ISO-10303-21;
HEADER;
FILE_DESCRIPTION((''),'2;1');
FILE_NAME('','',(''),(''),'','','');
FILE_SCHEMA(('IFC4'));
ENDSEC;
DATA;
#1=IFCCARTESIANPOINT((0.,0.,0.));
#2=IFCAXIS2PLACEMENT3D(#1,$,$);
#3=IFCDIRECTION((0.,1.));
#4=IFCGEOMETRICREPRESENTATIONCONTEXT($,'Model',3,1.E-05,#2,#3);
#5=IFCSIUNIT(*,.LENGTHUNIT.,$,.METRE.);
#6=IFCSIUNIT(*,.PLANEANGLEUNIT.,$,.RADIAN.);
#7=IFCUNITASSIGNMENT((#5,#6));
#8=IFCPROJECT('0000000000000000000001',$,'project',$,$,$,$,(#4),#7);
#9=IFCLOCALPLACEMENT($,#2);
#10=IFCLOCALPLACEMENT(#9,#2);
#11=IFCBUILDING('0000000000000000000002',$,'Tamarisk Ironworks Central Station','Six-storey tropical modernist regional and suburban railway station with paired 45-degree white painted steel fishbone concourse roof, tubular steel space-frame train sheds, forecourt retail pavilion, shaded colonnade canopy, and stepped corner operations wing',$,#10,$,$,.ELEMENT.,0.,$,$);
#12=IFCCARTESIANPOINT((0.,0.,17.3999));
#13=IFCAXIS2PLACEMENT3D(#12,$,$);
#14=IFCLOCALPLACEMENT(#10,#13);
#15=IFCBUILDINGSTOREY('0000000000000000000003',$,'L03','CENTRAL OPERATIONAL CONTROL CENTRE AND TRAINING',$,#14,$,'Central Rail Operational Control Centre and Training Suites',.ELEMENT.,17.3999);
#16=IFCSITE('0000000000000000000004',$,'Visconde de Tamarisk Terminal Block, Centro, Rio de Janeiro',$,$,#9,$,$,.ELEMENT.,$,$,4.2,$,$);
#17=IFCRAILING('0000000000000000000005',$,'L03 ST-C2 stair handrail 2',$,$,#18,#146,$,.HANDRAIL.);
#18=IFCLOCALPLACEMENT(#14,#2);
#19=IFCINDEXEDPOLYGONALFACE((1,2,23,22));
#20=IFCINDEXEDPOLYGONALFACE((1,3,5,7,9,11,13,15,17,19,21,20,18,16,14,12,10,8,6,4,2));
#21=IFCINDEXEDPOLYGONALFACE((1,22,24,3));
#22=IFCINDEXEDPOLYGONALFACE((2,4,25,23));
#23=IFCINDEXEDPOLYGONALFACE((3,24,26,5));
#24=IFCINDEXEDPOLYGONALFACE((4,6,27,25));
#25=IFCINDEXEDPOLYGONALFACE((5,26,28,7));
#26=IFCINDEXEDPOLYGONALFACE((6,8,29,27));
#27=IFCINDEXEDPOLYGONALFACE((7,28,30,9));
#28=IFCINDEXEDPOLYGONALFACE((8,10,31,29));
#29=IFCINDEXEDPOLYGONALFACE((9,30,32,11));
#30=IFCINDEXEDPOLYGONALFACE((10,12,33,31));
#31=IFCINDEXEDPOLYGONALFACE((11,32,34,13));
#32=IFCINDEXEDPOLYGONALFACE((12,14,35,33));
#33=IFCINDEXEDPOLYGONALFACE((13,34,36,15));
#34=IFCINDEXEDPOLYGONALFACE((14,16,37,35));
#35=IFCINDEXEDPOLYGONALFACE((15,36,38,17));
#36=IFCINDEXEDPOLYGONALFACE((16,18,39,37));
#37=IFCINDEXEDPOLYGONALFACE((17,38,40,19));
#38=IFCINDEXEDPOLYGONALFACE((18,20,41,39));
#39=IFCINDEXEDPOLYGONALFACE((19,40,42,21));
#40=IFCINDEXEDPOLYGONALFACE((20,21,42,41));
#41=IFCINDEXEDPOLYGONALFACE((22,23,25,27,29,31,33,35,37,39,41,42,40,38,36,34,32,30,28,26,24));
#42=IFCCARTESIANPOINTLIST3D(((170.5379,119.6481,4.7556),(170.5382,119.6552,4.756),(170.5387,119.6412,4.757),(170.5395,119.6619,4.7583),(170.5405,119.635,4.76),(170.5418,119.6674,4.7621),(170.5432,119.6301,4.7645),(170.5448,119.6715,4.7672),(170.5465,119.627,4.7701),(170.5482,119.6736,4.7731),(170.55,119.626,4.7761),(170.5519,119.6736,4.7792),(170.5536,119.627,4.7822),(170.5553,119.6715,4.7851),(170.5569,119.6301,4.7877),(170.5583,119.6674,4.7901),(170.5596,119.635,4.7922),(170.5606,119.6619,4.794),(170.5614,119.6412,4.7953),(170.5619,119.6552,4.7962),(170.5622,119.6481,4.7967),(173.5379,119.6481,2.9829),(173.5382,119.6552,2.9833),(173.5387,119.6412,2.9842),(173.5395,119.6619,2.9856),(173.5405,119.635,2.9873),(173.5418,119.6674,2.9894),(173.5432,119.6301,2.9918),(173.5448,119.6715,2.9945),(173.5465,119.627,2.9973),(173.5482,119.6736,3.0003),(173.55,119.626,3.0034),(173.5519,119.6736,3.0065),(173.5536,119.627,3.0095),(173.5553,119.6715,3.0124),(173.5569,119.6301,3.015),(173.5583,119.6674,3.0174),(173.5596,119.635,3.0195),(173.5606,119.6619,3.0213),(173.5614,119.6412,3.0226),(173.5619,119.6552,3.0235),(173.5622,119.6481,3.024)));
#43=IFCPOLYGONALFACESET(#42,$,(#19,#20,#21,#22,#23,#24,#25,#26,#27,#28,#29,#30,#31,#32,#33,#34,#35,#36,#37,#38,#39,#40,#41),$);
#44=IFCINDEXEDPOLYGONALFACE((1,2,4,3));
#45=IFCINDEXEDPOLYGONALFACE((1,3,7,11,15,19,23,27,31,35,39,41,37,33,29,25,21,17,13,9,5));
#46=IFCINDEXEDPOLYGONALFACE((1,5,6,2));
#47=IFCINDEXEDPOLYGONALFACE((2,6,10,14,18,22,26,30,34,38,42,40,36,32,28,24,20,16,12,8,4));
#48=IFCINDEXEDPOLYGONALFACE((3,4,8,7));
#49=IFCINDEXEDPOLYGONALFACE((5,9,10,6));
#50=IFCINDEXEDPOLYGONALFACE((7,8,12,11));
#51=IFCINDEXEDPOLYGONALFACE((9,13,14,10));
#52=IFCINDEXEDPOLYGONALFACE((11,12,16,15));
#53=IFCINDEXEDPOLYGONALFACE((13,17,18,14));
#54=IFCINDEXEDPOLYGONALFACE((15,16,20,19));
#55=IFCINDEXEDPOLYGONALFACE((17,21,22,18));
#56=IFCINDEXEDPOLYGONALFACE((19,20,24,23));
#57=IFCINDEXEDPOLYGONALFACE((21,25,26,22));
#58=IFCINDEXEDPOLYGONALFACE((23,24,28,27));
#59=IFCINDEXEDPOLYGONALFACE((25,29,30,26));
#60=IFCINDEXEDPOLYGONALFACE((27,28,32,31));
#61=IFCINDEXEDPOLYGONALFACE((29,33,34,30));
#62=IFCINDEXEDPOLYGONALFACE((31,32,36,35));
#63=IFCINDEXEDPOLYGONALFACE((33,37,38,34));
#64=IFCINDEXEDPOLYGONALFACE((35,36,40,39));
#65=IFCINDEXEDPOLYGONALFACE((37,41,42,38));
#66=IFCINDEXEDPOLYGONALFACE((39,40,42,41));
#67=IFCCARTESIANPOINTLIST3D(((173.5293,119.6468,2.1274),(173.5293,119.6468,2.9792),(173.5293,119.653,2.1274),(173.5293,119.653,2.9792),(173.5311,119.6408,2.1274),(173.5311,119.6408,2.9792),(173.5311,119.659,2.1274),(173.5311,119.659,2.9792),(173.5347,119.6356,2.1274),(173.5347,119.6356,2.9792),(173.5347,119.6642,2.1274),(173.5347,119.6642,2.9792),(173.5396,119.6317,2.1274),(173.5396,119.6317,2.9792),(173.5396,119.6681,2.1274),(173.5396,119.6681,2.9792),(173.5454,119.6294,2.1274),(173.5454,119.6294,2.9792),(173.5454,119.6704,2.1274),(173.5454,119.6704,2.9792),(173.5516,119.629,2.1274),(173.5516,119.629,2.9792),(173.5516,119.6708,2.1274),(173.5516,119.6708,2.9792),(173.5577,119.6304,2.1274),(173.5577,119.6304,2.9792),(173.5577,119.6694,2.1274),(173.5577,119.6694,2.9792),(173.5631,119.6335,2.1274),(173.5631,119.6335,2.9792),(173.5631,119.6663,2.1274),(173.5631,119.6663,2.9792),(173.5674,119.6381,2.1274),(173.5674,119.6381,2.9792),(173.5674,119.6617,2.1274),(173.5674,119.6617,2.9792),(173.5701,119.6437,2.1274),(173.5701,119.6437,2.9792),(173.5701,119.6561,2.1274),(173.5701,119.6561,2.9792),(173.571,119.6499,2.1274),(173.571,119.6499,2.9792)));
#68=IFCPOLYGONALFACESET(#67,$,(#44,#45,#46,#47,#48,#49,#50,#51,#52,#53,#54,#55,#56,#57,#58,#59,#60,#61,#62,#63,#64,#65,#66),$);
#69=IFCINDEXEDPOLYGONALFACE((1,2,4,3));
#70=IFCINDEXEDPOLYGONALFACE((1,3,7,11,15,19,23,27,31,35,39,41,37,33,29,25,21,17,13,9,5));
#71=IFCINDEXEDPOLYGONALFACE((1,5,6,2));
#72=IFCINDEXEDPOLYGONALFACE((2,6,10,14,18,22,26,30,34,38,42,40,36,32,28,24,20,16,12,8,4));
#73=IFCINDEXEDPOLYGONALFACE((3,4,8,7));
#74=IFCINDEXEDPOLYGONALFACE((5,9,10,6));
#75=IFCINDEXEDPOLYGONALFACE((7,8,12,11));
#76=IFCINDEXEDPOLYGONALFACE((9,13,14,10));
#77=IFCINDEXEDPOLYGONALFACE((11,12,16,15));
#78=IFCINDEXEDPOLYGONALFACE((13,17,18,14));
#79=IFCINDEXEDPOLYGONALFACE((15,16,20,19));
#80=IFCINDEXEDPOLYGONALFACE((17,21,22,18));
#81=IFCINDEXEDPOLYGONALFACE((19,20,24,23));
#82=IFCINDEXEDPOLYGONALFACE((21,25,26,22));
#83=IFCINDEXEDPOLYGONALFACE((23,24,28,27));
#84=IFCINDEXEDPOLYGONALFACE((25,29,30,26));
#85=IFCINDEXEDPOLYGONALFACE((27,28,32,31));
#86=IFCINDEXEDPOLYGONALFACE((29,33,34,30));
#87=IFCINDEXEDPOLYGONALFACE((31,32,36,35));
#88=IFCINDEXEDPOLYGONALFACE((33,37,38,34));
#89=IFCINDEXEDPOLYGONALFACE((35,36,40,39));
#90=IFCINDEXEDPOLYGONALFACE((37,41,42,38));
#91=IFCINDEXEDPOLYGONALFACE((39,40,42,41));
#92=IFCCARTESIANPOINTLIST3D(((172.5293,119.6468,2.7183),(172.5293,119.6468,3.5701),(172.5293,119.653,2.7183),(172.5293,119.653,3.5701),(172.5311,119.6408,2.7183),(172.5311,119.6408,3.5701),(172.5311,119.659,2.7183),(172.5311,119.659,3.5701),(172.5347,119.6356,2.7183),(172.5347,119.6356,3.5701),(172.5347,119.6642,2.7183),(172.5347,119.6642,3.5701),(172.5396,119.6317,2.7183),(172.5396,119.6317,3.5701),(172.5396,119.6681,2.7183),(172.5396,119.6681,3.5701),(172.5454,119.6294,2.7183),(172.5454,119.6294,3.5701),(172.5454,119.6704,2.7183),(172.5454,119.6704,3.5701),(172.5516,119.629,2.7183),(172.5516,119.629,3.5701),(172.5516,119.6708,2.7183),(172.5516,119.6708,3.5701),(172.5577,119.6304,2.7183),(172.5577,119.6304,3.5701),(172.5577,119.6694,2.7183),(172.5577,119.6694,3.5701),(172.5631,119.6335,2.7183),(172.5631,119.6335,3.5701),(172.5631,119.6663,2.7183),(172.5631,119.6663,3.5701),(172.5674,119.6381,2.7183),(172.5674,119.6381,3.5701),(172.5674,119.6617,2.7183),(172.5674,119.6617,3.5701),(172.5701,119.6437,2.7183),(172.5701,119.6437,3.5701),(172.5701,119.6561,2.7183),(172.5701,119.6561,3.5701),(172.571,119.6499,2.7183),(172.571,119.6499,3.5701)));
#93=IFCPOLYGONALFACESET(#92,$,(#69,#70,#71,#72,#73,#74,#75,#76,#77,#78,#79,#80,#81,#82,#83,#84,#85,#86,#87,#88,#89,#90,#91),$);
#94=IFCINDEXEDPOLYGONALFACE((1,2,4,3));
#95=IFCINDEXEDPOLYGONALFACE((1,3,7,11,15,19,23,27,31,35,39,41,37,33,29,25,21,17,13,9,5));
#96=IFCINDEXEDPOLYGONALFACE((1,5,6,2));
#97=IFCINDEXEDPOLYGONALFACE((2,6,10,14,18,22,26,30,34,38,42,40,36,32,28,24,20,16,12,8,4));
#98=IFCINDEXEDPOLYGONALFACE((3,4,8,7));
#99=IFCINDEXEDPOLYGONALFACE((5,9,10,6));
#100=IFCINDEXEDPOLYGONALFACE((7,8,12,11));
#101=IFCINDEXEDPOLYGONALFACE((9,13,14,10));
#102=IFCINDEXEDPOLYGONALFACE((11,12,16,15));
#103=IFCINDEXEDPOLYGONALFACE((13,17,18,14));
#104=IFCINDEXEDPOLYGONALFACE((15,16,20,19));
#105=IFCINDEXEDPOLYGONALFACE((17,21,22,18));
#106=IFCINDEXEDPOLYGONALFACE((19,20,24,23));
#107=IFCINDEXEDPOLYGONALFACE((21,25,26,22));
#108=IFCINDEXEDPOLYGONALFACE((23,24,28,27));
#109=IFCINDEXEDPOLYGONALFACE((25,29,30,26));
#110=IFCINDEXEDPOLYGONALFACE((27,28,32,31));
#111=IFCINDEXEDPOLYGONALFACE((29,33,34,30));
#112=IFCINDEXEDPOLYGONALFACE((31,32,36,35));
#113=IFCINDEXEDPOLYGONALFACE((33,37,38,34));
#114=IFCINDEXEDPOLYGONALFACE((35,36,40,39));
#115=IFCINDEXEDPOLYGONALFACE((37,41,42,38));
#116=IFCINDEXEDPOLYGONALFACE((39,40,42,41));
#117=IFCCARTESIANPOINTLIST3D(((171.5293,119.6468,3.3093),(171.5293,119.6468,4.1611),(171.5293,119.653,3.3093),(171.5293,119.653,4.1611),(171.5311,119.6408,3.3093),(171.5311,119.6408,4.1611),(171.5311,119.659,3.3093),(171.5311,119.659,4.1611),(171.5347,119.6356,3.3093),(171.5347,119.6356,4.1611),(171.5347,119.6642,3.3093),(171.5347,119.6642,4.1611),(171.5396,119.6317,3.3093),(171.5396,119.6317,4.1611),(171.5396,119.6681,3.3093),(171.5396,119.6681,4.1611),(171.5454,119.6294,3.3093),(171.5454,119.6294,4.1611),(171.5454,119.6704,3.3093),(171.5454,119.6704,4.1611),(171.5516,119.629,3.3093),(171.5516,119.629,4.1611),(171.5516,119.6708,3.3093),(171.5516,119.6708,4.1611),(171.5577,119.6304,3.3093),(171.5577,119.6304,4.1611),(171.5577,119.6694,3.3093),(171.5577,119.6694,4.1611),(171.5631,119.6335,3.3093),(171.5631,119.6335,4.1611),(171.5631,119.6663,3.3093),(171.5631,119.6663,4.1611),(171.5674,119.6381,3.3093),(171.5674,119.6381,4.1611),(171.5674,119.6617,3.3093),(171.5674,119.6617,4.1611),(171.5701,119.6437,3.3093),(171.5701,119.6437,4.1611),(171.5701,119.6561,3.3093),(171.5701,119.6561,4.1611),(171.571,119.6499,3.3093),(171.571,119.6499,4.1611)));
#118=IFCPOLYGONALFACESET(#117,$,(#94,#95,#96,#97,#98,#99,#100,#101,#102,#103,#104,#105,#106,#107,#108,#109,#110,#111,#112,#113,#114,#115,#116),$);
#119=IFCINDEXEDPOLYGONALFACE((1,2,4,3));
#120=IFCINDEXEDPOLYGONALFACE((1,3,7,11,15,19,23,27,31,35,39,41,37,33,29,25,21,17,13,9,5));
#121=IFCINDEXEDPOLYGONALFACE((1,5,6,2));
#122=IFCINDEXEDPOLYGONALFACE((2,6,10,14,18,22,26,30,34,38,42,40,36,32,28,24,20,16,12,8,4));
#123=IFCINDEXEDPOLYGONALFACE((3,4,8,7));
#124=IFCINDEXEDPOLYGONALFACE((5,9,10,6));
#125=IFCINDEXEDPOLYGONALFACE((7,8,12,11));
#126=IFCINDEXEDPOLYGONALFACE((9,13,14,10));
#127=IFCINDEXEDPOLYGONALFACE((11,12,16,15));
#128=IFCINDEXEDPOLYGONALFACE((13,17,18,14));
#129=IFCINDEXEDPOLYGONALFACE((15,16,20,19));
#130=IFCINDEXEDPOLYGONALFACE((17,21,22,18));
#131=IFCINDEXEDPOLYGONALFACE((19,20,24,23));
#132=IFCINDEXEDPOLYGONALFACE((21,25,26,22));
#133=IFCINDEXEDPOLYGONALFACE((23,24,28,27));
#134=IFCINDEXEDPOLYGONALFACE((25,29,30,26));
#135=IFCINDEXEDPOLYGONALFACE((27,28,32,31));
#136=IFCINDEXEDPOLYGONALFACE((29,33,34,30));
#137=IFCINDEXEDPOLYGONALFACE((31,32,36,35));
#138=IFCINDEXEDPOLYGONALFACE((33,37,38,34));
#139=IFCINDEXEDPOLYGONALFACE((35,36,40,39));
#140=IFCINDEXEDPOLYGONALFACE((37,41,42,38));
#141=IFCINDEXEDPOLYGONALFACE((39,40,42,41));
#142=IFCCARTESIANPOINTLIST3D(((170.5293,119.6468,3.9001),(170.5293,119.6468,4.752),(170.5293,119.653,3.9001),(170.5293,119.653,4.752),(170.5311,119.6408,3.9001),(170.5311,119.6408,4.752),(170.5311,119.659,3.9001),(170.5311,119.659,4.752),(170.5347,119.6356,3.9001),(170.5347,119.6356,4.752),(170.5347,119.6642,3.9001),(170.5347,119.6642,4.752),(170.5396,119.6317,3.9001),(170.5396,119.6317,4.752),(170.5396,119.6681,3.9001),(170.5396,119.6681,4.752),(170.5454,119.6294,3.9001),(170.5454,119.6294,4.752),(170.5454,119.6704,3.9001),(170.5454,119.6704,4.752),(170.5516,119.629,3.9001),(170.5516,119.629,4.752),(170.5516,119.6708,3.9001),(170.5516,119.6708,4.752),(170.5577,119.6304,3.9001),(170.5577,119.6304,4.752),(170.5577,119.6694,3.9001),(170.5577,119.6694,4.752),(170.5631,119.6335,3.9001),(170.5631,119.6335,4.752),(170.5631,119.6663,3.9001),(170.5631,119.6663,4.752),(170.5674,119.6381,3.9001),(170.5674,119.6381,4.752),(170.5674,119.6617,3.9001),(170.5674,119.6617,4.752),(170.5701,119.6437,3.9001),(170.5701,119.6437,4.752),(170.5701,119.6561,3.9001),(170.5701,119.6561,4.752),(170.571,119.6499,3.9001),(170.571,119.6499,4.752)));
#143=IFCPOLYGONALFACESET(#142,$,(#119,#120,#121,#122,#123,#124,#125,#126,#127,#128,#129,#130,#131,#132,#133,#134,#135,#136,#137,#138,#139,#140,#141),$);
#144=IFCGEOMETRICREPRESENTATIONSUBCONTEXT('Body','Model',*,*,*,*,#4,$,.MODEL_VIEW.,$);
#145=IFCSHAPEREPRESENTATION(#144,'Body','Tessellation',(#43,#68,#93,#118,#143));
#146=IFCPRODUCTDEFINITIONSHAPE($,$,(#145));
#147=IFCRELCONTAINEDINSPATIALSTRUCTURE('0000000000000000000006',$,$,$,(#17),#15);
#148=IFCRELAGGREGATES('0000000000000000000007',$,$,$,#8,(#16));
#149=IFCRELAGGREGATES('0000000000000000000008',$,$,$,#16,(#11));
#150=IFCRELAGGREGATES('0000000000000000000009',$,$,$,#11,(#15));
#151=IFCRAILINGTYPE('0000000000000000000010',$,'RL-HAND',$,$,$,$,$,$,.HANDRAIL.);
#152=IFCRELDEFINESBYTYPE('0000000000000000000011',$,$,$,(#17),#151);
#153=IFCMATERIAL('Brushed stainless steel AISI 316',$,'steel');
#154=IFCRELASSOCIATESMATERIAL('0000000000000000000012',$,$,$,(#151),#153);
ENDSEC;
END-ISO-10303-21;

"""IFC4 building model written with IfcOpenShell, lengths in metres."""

from ifc_helpers import new_model, si_unit, direction, frame, origin, origin_2d, place, context, subcontext, project, spatial, circle, extrude, material, type_object, element, save


model = new_model("IFC4")

# Units and contexts
model_context = context("Model", 3, precision=1e-05, world=origin(), true_north=direction((0.0, 1.0)))
body_context = subcontext(model_context, "Body", "Model", "MODEL_VIEW")
ifc_project = project(units=[si_unit("LENGTHUNIT", "METRE"), si_unit("PLANEANGLEUNIT", "RADIAN")], contexts=[model_context])

# Site, building, storey
site_placement = place(None, origin())
site = spatial("IfcSite", under=ifc_project, at=site_placement, Name="Visconde de Tamarisk Terminal Block, Centro, Rio de Janeiro", CompositionType="ELEMENT", RefElevation=4.2)
building_placement = place(site_placement, origin())
building = spatial("IfcBuilding", under=site, at=building_placement, Name="Tamarisk Ironworks Central Station", Description="Six-storey tropical modernist regional and suburban railway station with paired 45-degree white painted steel fishbone concourse roof, tubular steel space-frame train sheds, forecourt retail pavilion, shaded colonnade canopy, and stepped corner operations wing", CompositionType="ELEMENT", ElevationOfRefHeight=0.0)
storey_placement = place(building_placement, frame((0.0, 0.0, 17.3999)))
storey = spatial("IfcBuildingStorey", under=building, at=storey_placement, Name="L03", Description="CENTRAL OPERATIONAL CONTROL CENTRE AND TRAINING", LongName="Central Rail Operational Control Centre and Training Suites", CompositionType="ELEMENT", Elevation=17.3999)

# Railing
ifc_material_1 = material(Name="Brushed stainless steel AISI 316", Category="steel")
railing_type_1 = type_object("IfcRailingType", Name="RL-HAND", PredefinedType="HANDRAIL", material=ifc_material_1)
railing_1_placement = place(storey_placement, frame((173.55, 119.6499, 2.1274)))
element("IfcRailing", 1, at=railing_1_placement, inside=storey, type_object=railing_type_1, Name="L03 ST-C2 stair handrail 2", PredefinedType="HANDRAIL", context=body_context, shape_type="SweptSolid", body=[
    extrude(circle(Radius=0.0239, at=origin_2d()), frame((0.0, 0.0, 0.876), z_axis=(-0.860929, 0.0, 0.508725), x_axis=(0.0, -1.0, 0.0)), (0.0, 0.0, 1.0), 3.4846),
    extrude(circle(Radius=0.021, at=origin_2d()), origin(), (0.0, 0.0, 1.0), 0.8518),
    extrude(circle(Radius=0.021, at=origin_2d()), frame((-1.0, 0.0, 0.5908)), (0.0, 0.0, 1.0), 0.8518),
    extrude(circle(Radius=0.021, at=origin_2d()), frame((-2.0, 0.0, 1.1819)), (0.0, 0.0, 1.0), 0.8518),
    extrude(circle(Radius=0.021, at=origin_2d()), frame((-3.0, 0.0, 1.7727)), (0.0, 0.0, 1.0), 0.8518),
])

save(model, "model.ifc")
